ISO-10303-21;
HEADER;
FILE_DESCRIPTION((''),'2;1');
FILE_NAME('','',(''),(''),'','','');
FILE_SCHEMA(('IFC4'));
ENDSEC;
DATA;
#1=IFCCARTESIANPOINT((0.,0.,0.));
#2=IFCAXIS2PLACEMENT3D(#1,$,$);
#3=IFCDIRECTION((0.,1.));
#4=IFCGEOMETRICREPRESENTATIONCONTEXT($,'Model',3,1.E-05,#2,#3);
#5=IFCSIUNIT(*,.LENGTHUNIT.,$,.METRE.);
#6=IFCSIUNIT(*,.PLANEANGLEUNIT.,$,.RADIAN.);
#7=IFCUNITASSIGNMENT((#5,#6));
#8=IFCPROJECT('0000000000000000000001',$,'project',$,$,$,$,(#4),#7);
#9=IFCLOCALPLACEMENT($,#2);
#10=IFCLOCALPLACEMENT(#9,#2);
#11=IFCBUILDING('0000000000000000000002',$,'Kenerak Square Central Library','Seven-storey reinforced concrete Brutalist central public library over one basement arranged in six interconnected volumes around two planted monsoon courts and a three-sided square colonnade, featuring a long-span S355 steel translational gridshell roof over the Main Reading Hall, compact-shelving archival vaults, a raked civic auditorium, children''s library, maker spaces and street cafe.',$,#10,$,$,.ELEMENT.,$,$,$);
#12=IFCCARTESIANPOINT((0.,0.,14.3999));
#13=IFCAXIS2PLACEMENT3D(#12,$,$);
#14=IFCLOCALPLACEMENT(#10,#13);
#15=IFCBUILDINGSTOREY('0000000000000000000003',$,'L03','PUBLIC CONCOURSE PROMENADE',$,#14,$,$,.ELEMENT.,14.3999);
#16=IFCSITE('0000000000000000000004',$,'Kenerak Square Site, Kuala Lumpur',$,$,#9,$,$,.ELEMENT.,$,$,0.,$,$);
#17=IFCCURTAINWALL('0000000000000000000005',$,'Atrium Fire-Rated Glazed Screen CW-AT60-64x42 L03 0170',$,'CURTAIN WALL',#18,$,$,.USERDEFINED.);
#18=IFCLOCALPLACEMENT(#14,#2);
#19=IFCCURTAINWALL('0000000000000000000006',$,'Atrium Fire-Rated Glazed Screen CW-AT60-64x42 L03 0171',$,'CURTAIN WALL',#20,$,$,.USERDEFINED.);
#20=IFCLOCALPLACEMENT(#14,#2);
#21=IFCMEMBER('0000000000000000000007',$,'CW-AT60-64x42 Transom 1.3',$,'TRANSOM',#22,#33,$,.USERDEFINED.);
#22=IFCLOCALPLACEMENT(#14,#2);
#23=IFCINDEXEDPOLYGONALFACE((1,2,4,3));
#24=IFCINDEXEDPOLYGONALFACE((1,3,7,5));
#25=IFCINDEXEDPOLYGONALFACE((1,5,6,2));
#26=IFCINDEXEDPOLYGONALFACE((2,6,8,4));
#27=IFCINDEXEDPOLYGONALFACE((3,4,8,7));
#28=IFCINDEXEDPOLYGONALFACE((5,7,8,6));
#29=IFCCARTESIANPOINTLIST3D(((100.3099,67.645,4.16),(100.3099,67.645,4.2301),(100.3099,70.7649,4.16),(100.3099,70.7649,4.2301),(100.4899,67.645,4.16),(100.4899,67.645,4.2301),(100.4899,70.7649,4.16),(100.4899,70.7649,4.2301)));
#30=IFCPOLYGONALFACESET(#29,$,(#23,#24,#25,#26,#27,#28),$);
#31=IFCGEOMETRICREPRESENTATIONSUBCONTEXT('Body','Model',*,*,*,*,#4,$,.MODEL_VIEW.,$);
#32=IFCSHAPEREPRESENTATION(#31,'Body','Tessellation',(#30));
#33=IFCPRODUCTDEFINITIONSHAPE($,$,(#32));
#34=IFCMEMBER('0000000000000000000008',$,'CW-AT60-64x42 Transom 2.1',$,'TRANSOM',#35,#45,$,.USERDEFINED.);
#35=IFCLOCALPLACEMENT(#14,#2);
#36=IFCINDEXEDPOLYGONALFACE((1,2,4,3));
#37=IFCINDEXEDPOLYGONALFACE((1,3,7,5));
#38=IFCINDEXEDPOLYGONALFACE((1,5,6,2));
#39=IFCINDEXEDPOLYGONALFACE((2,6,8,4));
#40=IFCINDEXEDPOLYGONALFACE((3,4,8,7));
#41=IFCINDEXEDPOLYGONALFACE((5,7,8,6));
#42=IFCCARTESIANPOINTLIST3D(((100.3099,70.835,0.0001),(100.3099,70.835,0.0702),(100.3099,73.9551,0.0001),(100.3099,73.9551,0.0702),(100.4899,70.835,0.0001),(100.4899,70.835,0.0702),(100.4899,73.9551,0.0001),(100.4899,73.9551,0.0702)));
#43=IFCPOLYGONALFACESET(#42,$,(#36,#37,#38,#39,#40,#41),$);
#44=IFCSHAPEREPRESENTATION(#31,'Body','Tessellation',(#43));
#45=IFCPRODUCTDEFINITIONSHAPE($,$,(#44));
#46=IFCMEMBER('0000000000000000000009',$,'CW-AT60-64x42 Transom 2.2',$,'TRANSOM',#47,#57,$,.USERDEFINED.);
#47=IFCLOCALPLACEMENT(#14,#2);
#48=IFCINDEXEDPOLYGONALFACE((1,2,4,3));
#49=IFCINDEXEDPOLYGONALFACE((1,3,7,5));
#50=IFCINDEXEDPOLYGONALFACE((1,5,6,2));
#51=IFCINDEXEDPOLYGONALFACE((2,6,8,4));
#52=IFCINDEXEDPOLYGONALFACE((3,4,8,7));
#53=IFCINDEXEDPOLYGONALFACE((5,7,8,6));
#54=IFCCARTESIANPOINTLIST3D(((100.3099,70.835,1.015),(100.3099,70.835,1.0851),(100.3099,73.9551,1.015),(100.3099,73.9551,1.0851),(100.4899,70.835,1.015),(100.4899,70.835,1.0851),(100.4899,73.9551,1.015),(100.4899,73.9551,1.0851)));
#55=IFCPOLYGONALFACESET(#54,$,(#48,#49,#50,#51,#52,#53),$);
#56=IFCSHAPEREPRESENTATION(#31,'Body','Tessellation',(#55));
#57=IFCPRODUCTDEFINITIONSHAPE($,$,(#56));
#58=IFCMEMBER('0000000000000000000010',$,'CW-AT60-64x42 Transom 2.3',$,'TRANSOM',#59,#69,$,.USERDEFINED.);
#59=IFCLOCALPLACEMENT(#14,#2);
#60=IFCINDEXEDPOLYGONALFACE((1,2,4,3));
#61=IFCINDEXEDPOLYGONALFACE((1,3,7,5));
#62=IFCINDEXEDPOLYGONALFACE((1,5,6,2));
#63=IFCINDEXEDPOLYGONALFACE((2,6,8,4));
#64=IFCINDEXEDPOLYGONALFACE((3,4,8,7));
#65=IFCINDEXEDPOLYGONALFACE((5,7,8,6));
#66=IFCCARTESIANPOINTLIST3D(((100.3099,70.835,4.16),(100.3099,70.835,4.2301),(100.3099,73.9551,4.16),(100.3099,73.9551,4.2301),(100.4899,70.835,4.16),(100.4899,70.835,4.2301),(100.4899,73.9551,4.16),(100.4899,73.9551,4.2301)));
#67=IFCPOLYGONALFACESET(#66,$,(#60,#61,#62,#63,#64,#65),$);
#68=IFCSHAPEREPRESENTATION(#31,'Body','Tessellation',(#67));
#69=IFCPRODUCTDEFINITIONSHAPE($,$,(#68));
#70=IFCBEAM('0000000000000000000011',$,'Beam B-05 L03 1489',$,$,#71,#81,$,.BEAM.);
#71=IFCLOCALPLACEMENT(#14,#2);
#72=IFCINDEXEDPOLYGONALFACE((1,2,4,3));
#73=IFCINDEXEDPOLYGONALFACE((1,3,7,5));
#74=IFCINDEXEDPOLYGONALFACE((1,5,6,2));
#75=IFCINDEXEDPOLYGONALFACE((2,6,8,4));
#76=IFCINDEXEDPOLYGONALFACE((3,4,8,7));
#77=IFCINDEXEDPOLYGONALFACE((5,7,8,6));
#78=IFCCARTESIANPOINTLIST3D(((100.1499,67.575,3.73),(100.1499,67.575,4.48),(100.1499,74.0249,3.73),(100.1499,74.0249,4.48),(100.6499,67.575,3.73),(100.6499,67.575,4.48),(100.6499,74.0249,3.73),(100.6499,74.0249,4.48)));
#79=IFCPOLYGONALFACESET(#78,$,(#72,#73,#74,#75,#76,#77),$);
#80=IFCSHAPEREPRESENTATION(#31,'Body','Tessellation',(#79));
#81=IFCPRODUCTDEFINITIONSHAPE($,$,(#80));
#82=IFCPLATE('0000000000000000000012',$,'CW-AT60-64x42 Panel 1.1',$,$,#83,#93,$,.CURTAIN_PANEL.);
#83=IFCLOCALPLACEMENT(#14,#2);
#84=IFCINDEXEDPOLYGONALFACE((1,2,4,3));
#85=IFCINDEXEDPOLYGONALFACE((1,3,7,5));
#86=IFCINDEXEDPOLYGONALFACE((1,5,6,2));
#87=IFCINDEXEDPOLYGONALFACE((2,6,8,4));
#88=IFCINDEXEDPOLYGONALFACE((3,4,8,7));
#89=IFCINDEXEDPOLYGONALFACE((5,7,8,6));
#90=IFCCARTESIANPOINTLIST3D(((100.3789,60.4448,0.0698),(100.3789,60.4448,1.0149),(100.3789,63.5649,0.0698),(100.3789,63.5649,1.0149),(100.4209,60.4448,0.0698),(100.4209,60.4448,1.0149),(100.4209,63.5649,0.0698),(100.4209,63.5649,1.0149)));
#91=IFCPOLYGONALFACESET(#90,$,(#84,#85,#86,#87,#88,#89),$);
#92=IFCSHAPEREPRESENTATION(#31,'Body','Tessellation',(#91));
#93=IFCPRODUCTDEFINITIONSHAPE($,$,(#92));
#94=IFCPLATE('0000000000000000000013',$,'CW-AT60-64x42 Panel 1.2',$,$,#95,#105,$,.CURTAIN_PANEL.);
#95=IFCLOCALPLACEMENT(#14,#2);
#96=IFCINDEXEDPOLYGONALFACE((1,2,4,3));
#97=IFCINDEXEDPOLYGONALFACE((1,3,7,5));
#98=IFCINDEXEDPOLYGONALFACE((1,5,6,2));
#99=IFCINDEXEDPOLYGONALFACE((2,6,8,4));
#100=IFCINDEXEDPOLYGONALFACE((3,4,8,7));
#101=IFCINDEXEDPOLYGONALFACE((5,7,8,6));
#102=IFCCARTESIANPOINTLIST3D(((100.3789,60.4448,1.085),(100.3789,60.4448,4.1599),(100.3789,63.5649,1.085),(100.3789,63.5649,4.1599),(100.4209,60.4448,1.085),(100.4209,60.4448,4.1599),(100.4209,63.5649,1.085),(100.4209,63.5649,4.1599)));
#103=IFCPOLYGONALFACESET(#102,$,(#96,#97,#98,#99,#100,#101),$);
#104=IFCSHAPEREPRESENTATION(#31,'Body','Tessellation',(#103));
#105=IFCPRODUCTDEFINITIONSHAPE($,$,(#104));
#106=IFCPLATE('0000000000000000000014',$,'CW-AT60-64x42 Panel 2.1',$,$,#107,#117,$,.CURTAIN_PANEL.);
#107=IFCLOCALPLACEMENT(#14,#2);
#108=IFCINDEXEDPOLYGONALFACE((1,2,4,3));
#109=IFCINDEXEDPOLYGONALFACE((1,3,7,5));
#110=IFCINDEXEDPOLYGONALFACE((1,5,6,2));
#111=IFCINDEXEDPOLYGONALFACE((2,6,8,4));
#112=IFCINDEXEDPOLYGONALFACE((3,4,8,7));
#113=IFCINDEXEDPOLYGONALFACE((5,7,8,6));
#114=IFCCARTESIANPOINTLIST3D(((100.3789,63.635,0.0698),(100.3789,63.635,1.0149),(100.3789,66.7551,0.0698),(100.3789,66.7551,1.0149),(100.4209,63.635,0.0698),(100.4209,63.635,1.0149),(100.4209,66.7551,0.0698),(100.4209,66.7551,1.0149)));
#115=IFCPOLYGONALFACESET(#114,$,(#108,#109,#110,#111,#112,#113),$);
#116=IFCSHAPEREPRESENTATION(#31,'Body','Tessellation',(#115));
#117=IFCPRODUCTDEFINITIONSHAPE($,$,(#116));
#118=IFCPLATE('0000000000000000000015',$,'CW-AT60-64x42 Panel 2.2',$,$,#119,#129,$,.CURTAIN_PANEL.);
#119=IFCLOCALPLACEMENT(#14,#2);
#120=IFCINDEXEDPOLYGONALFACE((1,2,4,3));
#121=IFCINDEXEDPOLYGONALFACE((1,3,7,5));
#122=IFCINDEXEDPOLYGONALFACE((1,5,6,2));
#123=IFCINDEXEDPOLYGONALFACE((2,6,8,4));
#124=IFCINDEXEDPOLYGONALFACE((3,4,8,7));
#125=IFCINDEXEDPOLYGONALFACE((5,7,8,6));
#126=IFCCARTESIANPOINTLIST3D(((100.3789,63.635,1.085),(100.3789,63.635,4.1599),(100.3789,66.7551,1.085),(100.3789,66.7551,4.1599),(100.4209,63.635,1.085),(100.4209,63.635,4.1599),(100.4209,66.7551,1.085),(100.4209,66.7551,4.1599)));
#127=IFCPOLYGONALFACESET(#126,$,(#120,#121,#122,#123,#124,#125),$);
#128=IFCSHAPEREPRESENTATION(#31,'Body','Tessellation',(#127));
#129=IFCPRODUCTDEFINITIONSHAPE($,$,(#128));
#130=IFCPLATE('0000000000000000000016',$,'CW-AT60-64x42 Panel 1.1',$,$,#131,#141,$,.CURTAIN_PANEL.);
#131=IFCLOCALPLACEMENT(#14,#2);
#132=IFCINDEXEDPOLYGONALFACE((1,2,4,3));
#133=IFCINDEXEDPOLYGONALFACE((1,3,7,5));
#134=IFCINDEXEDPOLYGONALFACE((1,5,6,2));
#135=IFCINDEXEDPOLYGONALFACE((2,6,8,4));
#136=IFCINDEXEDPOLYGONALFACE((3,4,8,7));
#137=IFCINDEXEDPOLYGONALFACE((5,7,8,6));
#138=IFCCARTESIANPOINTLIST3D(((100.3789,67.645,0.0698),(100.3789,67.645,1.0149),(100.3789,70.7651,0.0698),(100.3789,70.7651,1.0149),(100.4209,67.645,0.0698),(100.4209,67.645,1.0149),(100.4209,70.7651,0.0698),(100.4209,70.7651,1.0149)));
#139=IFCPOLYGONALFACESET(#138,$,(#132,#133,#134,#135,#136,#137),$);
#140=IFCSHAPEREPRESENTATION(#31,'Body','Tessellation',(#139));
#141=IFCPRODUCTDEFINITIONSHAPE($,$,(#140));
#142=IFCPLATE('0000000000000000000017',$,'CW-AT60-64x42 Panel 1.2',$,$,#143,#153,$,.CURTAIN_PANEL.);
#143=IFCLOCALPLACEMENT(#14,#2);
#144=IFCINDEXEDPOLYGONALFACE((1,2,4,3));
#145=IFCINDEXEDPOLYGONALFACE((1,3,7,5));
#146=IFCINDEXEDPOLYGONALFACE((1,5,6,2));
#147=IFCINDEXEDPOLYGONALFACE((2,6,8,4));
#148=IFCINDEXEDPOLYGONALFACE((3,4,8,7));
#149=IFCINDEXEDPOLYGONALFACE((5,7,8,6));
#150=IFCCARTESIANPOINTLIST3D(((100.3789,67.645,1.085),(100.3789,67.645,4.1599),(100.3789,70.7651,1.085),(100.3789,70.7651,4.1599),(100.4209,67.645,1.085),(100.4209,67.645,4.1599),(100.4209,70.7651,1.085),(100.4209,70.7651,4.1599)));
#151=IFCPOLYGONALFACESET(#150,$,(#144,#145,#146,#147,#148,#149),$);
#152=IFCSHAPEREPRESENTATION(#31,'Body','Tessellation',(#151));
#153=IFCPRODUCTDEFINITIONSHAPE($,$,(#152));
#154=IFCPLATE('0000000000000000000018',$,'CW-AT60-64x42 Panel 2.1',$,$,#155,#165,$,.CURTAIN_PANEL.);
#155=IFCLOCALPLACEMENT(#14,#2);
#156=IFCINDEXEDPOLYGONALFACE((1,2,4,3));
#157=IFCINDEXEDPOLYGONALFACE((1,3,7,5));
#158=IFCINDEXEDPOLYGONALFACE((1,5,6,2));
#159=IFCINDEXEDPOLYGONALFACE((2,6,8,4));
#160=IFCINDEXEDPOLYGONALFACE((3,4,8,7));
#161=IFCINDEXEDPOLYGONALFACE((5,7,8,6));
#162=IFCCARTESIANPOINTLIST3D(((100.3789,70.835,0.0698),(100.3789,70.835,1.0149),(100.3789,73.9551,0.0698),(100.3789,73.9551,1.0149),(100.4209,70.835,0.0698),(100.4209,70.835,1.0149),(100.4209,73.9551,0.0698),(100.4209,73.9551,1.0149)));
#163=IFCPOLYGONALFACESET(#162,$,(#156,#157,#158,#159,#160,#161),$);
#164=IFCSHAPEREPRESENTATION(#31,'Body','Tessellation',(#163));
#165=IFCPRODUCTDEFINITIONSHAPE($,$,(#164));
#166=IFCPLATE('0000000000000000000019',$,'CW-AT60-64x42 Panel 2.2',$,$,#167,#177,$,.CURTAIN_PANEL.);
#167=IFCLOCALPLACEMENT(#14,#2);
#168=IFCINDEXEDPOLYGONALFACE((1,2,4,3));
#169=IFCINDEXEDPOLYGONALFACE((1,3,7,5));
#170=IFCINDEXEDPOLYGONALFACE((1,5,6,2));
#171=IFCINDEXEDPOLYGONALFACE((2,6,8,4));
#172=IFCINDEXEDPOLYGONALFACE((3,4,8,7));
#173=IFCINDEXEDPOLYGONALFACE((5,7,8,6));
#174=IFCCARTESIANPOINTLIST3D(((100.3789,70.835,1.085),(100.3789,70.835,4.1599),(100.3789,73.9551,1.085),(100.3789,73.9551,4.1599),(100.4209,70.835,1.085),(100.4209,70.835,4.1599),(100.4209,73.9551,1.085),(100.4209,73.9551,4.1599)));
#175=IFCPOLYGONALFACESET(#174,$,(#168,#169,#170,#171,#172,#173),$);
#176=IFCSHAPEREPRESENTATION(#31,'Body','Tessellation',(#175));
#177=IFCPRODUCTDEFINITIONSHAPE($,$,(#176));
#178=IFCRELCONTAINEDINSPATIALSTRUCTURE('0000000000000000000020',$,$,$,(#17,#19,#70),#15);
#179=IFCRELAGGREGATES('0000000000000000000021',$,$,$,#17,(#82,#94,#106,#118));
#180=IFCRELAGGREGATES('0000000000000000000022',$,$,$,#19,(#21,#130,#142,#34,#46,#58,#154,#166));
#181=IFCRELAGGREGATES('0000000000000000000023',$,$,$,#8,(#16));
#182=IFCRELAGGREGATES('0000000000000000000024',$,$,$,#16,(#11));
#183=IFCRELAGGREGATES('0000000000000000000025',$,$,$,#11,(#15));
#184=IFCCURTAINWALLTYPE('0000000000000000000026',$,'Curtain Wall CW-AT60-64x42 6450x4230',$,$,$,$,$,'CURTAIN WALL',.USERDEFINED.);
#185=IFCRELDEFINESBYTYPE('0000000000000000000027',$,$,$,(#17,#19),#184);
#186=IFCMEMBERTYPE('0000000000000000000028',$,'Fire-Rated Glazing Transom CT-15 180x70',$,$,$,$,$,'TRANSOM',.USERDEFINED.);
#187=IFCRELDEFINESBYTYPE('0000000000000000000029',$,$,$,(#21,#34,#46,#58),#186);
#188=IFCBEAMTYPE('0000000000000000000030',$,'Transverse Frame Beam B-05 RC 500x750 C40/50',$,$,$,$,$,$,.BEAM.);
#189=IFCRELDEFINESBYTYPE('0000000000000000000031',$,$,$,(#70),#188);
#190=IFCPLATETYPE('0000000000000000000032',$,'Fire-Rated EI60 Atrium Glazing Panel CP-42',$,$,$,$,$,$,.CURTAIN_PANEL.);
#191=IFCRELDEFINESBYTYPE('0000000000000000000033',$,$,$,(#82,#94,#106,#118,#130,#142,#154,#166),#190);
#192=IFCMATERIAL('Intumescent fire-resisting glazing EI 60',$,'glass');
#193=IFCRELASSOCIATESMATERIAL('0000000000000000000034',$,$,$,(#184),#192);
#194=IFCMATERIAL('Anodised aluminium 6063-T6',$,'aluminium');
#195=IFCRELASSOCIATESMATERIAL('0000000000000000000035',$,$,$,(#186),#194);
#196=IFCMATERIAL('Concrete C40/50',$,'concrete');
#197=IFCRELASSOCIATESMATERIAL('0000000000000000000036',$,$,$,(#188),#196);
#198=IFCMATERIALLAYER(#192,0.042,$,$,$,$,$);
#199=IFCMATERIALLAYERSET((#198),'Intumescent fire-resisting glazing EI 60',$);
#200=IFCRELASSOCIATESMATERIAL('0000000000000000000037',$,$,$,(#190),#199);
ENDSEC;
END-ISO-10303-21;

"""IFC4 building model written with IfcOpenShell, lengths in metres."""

from ifc_helpers import new_model, si_unit, direction, frame, origin, origin_2d, place, context, subcontext, project, spatial, rectangle, extrude, material, layer, layer_set, material_profile, profile_set, type_object, element, aggregate, save


model = new_model("IFC4")

# Units and contexts
model_context = context("Model", 3, precision=1e-05, world=origin(), true_north=direction((0.0, 1.0)))
body_context = subcontext(model_context, "Body", "Model", "MODEL_VIEW")
ifc_project = project(units=[si_unit("LENGTHUNIT", "METRE"), si_unit("PLANEANGLEUNIT", "RADIAN")], contexts=[model_context])

# Site, building, storey
site_placement = place(None, origin())
site = spatial("IfcSite", under=ifc_project, at=site_placement, Name="Kenerak Square Site, Kuala Lumpur", CompositionType="ELEMENT", RefElevation=0.0)
building_placement = place(site_placement, origin())
building = spatial("IfcBuilding", under=site, at=building_placement, Name="Kenerak Square Central Library", Description="Seven-storey reinforced concrete Brutalist central public library over one basement arranged in six interconnected volumes around two planted monsoon courts and a three-sided square colonnade, featuring a long-span S355 steel translational gridshell roof over the Main Reading Hall, compact-shelving archival vaults, a raked civic auditorium, children's library, maker spaces and street cafe.", CompositionType="ELEMENT")
storey_placement = place(building_placement, frame((0.0, 0.0, 14.3999)))
storey = spatial("IfcBuildingStorey", under=building, at=storey_placement, Name="L03", Description="PUBLIC CONCOURSE PROMENADE", CompositionType="ELEMENT", Elevation=14.3999)

# Shared definitions
ifc_material_1 = material(Name="Concrete C40/50", Category="concrete")

# Curtain walls
ifc_material_2 = material(Name="Intumescent fire-resisting glazing EI 60", Category="glass")
curtain_wall_type = type_object("IfcCurtainWallType", Name="Curtain Wall CW-AT60-64x42 6450x4230", ElementType="CURTAIN WALL", PredefinedType="USERDEFINED", material=ifc_material_2)
curtain_wall_1_placement = place(storey_placement, origin())
curtain_wall_1 = element("IfcCurtainWall", 1, at=curtain_wall_1_placement, inside=storey, type_object=curtain_wall_type, Name="Atrium Fire-Rated Glazed Screen CW-AT60-64x42 L03 0170", ObjectType="CURTAIN WALL", PredefinedType="USERDEFINED")
ifc_material_3 = material(Name="Anodised aluminium 6063-T6", Category="aluminium")
curtain_wall_2_placement = place(storey_placement, origin())
curtain_wall_2 = element("IfcCurtainWall", 2, at=curtain_wall_2_placement, inside=storey, type_object=curtain_wall_type, Name="Atrium Fire-Rated Glazed Screen CW-AT60-64x42 L03 0171", ObjectType="CURTAIN WALL", PredefinedType="USERDEFINED")

# Members
ifc_material_profile_1 = material_profile(ifc_material_3, rectangle(XDim=0.1799, YDim=0.0701, at=origin_2d()), Name="AL TRANSOM 180x70")
ifc_profile_set_1 = profile_set([ifc_material_profile_1], Name="Anodised aluminium 6063-T6")
member_type_1 = type_object("IfcMemberType", Name="Fire-Rated Glazing Transom CT-15 180x70", ElementType="TRANSOM", PredefinedType="USERDEFINED", material=ifc_profile_set_1)
member_1_placement = place(storey_placement, frame((100.3999, 67.645, 4.1951), z_axis=(0.0, 1.0, 0.0), x_axis=(-1.0, 0.0, 0.0)))
member_1 = element("IfcMember", 3, at=member_1_placement, type_object=member_type_1, Name="CW-AT60-64x42 Transom 1.3", ObjectType="TRANSOM", PredefinedType="USERDEFINED", context=body_context, shape_type="SweptSolid", body=[
    extrude(rectangle(XDim=0.1799, YDim=0.0701, at=origin_2d()), origin(), (0.0, 0.0, 1.0), 3.1199),
])
member_2_placement = place(storey_placement, frame((100.3999, 70.835, 0.0352), z_axis=(0.0, 1.0, 0.0), x_axis=(-1.0, 0.0, 0.0)))
member_2 = element("IfcMember", 4, at=member_2_placement, type_object=member_type_1, Name="CW-AT60-64x42 Transom 2.1", ObjectType="TRANSOM", PredefinedType="USERDEFINED", context=body_context, shape_type="SweptSolid", body=[
    extrude(rectangle(XDim=0.1799, YDim=0.0701, at=origin_2d()), origin(), (0.0, 0.0, 1.0), 3.1201),
])
member_3_placement = place(storey_placement, frame((100.3999, 70.835, 1.05), z_axis=(0.0, 1.0, 0.0), x_axis=(-1.0, 0.0, 0.0)))
member_3 = element("IfcMember", 5, at=member_3_placement, type_object=member_type_1, Name="CW-AT60-64x42 Transom 2.2", ObjectType="TRANSOM", PredefinedType="USERDEFINED", context=body_context, shape_type="SweptSolid", body=[
    extrude(rectangle(XDim=0.1799, YDim=0.0701, at=origin_2d()), origin(), (0.0, 0.0, 1.0), 3.1201),
])
member_4_placement = place(storey_placement, frame((100.3999, 70.835, 4.1951), z_axis=(0.0, 1.0, 0.0), x_axis=(-1.0, 0.0, 0.0)))
member_4 = element("IfcMember", 6, at=member_4_placement, type_object=member_type_1, Name="CW-AT60-64x42 Transom 2.3", ObjectType="TRANSOM", PredefinedType="USERDEFINED", context=body_context, shape_type="SweptSolid", body=[
    extrude(rectangle(XDim=0.1799, YDim=0.0701, at=origin_2d()), origin(), (0.0, 0.0, 1.0), 3.1201),
])

# Beam
ifc_material_profile_2 = material_profile(ifc_material_1, rectangle(XDim=0.5, YDim=0.75, at=origin_2d()), Name="RC 500x750")
ifc_profile_set_2 = profile_set([ifc_material_profile_2], Name="Concrete C40/50")
beam_type = type_object("IfcBeamType", Name="Transverse Frame Beam B-05 RC 500x750 C40/50", PredefinedType="BEAM", material=ifc_profile_set_2)
beam_placement = place(storey_placement, frame((100.3999, 67.575, 4.105), z_axis=(0.0, 1.0, 0.0), x_axis=(-1.0, 0.0, 0.0)))
element("IfcBeam", 7, at=beam_placement, inside=storey, type_object=beam_type, Name="Beam B-05 L03 1489", PredefinedType="BEAM", context=body_context, shape_type="SweptSolid", body=[
    extrude(rectangle(XDim=0.5, YDim=0.75, at=origin_2d()), origin(), (0.0, 0.0, 1.0), 6.45),
])

# Plates
ifc_layer = layer(ifc_material_2, 0.042)
ifc_layer_set = layer_set([ifc_layer], Name="Intumescent fire-resisting glazing EI 60")
plate_type = type_object("IfcPlateType", Name="Fire-Rated EI60 Atrium Glazing Panel CP-42", PredefinedType="CURTAIN_PANEL", material=ifc_layer_set)
plate_1_placement = place(storey_placement, frame((100.3999, 62.0049, 0.0698), z_axis=(0.0, 0.0, 1.0), x_axis=(0.0, 1.0, 0.0)))
plate_1 = element("IfcPlate", 8, at=plate_1_placement, type_object=plate_type, Name="CW-AT60-64x42 Panel 1.1", PredefinedType="CURTAIN_PANEL", context=body_context, shape_type="SweptSolid", body=[
    extrude(rectangle(XDim=3.1201, YDim=0.042, at=origin_2d()), origin(), (0.0, 0.0, 1.0), 0.9451),
])
plate_2_placement = place(storey_placement, frame((100.3999, 62.0049, 1.085), z_axis=(0.0, 0.0, 1.0), x_axis=(0.0, 1.0, 0.0)))
plate_2 = element("IfcPlate", 9, at=plate_2_placement, type_object=plate_type, Name="CW-AT60-64x42 Panel 1.2", PredefinedType="CURTAIN_PANEL", context=body_context, shape_type="SweptSolid", body=[
    extrude(rectangle(XDim=3.1201, YDim=0.042, at=origin_2d()), origin(), (0.0, 0.0, 1.0), 3.075),
])
plate_3_placement = place(storey_placement, frame((100.3999, 65.1951, 0.0698), z_axis=(0.0, 0.0, 1.0), x_axis=(0.0, 1.0, 0.0)))
plate_3 = element("IfcPlate", 10, at=plate_3_placement, type_object=plate_type, Name="CW-AT60-64x42 Panel 2.1", PredefinedType="CURTAIN_PANEL", context=body_context, shape_type="SweptSolid", body=[
    extrude(rectangle(XDim=3.1201, YDim=0.042, at=origin_2d()), origin(), (0.0, 0.0, 1.0), 0.9451),
])
plate_4_placement = place(storey_placement, frame((100.3999, 65.1951, 1.085), z_axis=(0.0, 0.0, 1.0), x_axis=(0.0, 1.0, 0.0)))
plate_4 = element("IfcPlate", 11, at=plate_4_placement, type_object=plate_type, Name="CW-AT60-64x42 Panel 2.2", PredefinedType="CURTAIN_PANEL", context=body_context, shape_type="SweptSolid", body=[
    extrude(rectangle(XDim=3.1201, YDim=0.042, at=origin_2d()), origin(), (0.0, 0.0, 1.0), 3.075),
])
aggregate(curtain_wall_1, [plate_1, plate_2, plate_3, plate_4])
plate_5_placement = place(storey_placement, frame((100.3999, 69.2051, 0.0698), z_axis=(0.0, 0.0, 1.0), x_axis=(0.0, 1.0, 0.0)))
plate_5 = element("IfcPlate", 12, at=plate_5_placement, type_object=plate_type, Name="CW-AT60-64x42 Panel 1.1", PredefinedType="CURTAIN_PANEL", context=body_context, shape_type="SweptSolid", body=[
    extrude(rectangle(XDim=3.1201, YDim=0.042, at=origin_2d()), origin(), (0.0, 0.0, 1.0), 0.9451),
])
plate_6_placement = place(storey_placement, frame((100.3999, 69.2051, 1.085), z_axis=(0.0, 0.0, 1.0), x_axis=(0.0, 1.0, 0.0)))
plate_6 = element("IfcPlate", 13, at=plate_6_placement, type_object=plate_type, Name="CW-AT60-64x42 Panel 1.2", PredefinedType="CURTAIN_PANEL", context=body_context, shape_type="SweptSolid", body=[
    extrude(rectangle(XDim=3.1201, YDim=0.042, at=origin_2d()), origin(), (0.0, 0.0, 1.0), 3.075),
])
plate_7_placement = place(storey_placement, frame((100.3999, 72.395, 0.0698), z_axis=(0.0, 0.0, 1.0), x_axis=(0.0, 1.0, 0.0)))
plate_7 = element("IfcPlate", 14, at=plate_7_placement, type_object=plate_type, Name="CW-AT60-64x42 Panel 2.1", PredefinedType="CURTAIN_PANEL", context=body_context, shape_type="SweptSolid", body=[
    extrude(rectangle(XDim=3.1201, YDim=0.042, at=origin_2d()), origin(), (0.0, 0.0, 1.0), 0.9451),
])
plate_8_placement = place(storey_placement, frame((100.3999, 72.395, 1.085), z_axis=(0.0, 0.0, 1.0), x_axis=(0.0, 1.0, 0.0)))
plate_8 = element("IfcPlate", 15, at=plate_8_placement, type_object=plate_type, Name="CW-AT60-64x42 Panel 2.2", PredefinedType="CURTAIN_PANEL", context=body_context, shape_type="SweptSolid", body=[
    extrude(rectangle(XDim=3.1201, YDim=0.042, at=origin_2d()), origin(), (0.0, 0.0, 1.0), 3.075),
])
aggregate(curtain_wall_2, [member_1, plate_5, plate_6, member_2, member_3, member_4, plate_7, plate_8])

save(model, "model.ifc")
